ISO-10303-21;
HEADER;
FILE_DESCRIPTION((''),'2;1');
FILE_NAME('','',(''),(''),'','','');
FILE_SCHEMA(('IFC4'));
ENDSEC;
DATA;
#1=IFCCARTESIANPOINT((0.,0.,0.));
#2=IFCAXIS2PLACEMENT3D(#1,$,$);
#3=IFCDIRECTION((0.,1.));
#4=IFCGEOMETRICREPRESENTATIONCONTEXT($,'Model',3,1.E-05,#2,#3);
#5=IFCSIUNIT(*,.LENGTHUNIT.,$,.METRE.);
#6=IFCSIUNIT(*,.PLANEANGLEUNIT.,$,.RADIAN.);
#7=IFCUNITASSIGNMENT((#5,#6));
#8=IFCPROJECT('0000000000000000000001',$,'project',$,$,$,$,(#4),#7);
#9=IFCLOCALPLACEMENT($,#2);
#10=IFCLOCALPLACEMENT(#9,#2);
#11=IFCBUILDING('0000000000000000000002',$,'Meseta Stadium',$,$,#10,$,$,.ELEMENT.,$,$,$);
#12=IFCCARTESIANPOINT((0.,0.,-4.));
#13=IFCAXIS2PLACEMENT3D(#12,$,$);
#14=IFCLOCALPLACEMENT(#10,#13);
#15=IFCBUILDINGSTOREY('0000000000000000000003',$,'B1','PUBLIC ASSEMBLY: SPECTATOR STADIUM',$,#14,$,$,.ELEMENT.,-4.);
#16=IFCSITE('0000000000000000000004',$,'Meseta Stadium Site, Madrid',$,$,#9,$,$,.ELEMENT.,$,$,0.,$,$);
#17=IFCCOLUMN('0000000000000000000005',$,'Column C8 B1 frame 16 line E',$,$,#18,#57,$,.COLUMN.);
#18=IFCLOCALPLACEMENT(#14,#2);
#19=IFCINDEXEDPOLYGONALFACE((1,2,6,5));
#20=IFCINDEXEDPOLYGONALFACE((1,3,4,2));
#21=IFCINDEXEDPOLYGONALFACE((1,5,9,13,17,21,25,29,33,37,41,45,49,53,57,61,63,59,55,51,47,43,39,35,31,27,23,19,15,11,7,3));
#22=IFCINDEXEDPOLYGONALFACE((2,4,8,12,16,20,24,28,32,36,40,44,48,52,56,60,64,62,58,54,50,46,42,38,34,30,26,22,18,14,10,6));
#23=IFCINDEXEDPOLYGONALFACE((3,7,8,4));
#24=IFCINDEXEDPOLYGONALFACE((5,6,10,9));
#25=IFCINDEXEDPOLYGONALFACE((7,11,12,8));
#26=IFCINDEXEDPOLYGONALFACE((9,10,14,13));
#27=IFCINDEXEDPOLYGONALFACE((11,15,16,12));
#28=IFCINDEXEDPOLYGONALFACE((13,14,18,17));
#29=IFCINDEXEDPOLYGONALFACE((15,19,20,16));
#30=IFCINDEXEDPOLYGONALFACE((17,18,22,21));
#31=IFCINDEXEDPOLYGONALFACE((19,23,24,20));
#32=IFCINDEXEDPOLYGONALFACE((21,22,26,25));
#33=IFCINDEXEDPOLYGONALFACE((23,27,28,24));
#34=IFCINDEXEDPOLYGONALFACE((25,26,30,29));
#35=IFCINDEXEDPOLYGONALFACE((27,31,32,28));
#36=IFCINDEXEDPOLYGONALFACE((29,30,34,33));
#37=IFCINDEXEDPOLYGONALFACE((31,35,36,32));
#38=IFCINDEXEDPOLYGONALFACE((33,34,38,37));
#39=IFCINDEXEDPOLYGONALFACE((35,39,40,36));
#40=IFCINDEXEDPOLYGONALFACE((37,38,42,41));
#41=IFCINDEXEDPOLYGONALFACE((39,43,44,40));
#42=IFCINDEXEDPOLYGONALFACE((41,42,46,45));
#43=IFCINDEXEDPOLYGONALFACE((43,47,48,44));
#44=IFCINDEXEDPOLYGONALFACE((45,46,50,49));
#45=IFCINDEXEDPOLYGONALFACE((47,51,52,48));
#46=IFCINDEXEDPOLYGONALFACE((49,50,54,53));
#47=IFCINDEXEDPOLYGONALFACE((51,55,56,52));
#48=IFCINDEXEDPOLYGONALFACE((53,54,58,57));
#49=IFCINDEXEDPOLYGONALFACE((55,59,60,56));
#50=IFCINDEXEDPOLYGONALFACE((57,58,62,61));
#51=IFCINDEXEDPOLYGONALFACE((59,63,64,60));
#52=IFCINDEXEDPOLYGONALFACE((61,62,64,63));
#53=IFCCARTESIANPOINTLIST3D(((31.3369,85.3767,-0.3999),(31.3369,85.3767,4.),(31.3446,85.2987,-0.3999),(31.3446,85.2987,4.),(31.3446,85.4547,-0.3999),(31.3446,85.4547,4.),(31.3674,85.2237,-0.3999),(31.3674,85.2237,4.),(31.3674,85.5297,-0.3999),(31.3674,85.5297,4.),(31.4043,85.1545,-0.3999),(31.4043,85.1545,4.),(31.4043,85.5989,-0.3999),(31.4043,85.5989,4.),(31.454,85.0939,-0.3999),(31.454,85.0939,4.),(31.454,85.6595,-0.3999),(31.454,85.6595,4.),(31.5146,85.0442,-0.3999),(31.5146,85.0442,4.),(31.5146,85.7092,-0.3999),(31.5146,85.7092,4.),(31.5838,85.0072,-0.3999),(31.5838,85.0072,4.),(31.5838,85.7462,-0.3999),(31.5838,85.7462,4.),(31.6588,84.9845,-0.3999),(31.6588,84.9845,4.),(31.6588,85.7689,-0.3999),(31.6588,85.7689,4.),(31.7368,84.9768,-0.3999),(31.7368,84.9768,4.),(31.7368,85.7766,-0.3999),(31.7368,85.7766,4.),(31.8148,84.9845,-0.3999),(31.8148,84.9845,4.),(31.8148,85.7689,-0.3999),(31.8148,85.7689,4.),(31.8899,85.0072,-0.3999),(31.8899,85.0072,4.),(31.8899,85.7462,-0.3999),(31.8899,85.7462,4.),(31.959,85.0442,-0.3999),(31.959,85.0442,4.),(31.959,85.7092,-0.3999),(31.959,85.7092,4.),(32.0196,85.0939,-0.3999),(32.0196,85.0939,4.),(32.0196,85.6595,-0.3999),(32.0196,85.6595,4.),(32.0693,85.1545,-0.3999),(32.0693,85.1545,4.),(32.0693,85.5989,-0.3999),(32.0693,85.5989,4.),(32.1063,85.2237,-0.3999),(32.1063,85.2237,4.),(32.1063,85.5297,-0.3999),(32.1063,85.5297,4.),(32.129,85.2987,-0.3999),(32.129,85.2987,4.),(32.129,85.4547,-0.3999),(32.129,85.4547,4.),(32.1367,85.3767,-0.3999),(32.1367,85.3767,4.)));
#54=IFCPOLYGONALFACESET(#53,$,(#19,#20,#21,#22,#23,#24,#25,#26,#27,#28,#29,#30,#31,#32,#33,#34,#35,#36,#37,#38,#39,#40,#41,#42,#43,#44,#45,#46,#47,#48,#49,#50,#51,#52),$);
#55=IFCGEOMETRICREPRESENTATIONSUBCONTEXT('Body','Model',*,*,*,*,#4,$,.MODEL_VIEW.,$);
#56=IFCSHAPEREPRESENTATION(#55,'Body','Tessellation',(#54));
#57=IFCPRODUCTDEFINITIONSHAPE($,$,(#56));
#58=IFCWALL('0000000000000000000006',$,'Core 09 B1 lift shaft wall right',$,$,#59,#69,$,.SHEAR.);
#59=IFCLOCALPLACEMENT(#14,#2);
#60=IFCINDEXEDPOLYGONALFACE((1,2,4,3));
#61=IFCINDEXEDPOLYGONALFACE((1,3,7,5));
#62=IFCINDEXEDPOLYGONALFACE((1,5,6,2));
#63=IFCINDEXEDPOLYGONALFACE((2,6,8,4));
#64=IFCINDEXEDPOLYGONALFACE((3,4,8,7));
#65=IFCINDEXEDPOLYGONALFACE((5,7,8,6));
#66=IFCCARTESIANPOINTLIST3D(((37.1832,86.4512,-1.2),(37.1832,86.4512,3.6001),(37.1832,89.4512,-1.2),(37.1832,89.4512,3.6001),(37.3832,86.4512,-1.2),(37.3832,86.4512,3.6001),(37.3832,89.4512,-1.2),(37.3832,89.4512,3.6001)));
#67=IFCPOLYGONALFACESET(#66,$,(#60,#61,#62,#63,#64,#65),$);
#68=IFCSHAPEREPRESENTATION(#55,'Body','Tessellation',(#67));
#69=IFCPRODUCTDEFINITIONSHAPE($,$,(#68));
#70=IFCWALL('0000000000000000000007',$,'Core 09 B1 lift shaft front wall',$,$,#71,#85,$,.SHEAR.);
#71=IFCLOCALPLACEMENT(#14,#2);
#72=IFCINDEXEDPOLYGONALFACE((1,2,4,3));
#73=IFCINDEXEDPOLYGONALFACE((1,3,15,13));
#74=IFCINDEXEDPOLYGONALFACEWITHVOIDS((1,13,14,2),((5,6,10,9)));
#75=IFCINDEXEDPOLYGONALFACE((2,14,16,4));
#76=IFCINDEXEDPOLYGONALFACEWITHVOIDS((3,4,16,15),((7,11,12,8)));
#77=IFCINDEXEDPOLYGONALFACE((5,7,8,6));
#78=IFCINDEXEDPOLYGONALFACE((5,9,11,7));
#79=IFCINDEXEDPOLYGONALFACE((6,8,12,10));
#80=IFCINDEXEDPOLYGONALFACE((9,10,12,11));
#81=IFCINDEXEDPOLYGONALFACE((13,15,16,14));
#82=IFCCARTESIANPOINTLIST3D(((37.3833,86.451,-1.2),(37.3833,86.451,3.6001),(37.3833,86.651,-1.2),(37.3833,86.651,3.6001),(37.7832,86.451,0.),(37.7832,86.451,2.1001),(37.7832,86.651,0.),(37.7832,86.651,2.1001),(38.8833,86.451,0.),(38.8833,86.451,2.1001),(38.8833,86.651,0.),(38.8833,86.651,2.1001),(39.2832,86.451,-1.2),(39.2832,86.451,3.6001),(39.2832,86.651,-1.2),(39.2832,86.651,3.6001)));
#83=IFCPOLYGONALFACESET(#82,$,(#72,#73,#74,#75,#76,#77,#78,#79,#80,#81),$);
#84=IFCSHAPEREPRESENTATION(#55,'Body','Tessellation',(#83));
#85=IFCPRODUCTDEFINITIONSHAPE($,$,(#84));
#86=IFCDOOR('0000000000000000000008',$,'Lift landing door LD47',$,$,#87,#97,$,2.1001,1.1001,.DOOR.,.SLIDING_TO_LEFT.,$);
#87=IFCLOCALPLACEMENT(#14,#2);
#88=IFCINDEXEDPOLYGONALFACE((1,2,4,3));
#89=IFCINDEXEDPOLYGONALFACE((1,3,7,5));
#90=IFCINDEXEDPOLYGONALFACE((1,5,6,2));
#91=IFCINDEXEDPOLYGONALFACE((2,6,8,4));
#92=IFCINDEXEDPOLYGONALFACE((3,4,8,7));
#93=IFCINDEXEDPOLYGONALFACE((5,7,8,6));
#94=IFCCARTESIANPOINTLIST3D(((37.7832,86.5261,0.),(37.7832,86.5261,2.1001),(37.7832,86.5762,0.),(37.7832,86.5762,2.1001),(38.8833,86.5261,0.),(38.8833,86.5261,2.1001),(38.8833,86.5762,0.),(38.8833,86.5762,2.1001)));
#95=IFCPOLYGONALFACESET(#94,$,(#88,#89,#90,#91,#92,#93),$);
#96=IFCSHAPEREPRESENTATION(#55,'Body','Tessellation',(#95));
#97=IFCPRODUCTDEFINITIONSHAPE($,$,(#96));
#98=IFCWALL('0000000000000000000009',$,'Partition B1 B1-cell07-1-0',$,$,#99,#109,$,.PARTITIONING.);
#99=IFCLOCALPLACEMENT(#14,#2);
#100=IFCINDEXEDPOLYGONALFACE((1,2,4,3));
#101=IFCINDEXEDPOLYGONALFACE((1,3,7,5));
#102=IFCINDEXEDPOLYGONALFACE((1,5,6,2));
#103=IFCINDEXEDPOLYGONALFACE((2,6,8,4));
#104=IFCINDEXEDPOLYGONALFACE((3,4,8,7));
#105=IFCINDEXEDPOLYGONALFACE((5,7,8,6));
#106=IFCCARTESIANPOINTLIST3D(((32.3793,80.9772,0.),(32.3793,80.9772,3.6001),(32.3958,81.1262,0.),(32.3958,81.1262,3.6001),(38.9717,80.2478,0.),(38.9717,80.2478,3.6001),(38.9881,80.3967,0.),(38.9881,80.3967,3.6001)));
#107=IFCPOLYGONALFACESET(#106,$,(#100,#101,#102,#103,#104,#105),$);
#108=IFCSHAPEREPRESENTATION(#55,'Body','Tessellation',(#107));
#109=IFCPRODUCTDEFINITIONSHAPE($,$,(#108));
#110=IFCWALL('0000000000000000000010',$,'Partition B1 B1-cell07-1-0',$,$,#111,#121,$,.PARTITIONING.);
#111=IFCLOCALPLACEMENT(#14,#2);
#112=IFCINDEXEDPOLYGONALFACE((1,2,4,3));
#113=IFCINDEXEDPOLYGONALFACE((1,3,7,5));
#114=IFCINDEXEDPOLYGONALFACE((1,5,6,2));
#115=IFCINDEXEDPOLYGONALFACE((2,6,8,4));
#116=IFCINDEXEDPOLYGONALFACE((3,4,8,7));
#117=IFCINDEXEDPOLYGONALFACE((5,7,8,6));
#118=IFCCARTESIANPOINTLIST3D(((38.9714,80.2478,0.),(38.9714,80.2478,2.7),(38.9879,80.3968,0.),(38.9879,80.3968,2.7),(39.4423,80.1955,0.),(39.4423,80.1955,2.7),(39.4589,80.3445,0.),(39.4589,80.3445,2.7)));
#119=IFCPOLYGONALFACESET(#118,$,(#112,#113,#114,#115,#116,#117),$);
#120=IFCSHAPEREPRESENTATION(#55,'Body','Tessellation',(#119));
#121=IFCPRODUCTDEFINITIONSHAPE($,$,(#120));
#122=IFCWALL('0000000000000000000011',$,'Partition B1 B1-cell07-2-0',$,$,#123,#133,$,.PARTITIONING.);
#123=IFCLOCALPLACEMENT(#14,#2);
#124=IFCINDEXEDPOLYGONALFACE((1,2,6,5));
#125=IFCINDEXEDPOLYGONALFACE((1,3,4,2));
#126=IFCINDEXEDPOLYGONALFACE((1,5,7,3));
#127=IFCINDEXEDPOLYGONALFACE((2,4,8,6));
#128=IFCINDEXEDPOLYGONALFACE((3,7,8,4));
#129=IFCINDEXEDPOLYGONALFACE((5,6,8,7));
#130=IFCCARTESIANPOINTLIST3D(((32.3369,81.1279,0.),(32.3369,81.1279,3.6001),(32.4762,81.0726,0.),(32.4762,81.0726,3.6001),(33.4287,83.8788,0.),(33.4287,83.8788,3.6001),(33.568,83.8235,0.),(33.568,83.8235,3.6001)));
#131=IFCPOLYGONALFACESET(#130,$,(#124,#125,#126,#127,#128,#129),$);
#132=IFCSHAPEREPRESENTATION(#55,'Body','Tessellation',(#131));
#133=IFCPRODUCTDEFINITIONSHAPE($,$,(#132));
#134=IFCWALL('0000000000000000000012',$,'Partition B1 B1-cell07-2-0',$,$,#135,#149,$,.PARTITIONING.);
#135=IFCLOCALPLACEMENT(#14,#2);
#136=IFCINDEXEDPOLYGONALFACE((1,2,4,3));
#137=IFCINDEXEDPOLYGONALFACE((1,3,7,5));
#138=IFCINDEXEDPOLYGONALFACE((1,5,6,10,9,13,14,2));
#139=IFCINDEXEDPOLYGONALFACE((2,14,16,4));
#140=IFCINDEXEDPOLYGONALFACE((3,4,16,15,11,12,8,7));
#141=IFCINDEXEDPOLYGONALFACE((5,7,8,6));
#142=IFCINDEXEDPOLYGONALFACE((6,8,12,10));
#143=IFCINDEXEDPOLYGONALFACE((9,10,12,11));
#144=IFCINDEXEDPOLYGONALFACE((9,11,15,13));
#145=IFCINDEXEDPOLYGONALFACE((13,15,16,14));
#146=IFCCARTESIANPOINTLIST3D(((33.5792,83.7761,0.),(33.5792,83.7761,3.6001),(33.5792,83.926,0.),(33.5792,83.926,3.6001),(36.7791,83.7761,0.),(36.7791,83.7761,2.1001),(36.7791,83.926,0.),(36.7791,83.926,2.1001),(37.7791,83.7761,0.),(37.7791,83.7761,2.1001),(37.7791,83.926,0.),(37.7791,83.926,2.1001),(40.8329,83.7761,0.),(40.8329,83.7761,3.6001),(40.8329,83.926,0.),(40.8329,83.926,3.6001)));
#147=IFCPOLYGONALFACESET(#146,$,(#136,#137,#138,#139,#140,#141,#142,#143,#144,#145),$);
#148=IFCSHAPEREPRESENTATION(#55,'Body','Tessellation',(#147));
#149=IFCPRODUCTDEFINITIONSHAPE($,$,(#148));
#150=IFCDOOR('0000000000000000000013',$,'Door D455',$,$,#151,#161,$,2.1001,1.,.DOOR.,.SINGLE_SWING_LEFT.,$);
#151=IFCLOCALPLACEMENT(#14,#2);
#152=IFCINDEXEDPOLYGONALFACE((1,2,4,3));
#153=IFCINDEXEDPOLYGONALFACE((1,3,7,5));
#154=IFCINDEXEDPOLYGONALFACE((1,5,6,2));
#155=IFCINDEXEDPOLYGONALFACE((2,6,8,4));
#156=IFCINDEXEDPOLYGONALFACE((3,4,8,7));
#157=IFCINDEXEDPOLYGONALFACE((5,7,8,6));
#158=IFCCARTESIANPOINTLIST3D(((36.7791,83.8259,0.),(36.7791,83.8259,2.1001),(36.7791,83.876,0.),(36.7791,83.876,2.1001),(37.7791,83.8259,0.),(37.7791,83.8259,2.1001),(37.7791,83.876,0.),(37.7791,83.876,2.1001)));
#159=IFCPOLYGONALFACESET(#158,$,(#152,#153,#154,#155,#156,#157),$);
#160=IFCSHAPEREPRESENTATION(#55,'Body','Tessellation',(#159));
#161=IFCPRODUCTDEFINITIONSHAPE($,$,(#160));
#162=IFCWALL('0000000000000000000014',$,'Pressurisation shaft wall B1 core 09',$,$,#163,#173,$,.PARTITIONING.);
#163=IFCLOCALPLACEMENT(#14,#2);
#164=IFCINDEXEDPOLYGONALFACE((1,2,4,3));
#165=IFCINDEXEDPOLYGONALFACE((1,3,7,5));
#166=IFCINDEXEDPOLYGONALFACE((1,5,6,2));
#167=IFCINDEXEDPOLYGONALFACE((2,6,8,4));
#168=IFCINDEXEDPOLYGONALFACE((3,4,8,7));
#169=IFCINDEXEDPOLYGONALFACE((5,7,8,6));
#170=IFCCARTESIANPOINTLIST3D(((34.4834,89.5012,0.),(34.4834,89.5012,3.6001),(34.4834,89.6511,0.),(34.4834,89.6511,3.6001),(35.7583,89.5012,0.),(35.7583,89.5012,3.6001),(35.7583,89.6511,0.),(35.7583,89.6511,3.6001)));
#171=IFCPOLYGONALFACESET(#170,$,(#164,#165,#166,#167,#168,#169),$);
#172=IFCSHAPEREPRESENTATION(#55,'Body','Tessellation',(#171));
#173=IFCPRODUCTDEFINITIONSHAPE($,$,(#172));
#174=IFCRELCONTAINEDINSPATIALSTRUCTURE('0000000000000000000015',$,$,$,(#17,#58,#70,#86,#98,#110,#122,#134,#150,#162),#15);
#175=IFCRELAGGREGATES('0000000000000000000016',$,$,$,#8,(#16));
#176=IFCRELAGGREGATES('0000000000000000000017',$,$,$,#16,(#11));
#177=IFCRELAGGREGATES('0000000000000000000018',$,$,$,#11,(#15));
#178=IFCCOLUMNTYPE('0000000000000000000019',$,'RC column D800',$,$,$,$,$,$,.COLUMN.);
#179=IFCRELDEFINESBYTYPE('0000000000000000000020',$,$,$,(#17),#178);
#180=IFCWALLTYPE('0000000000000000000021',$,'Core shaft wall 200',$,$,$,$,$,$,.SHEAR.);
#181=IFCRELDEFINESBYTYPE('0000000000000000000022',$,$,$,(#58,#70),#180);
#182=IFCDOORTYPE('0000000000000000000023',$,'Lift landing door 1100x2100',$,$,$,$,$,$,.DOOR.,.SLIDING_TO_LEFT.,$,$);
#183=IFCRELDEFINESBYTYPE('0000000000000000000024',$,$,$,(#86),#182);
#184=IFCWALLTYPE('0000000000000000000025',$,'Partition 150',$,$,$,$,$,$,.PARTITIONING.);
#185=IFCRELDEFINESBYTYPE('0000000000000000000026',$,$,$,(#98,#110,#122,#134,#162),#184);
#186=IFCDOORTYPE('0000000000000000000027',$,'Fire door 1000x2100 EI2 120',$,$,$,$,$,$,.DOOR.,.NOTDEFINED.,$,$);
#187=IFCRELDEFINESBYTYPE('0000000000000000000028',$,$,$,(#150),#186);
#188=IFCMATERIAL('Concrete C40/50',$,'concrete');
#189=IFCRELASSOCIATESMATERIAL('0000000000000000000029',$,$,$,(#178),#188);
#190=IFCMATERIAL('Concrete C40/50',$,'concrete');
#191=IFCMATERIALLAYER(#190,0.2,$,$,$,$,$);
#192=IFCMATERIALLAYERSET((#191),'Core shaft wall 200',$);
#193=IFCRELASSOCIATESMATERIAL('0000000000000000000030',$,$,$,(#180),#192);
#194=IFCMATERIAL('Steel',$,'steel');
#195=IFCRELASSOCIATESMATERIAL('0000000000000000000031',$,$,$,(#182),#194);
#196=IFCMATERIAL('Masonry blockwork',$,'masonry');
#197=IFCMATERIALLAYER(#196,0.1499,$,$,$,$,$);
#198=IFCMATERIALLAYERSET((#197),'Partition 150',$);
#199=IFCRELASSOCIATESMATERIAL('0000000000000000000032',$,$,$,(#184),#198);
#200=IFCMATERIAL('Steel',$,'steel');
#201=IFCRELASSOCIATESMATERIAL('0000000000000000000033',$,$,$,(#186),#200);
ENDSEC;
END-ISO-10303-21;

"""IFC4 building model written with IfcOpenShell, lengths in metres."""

from ifc_helpers import new_model, si_unit, direction, frame, frame_2d, origin, origin_2d, place, context, subcontext, project, spatial, rectangle, circle, extrude, material, layer, layer_set, material_profile, profile_set, type_object, element, fill, save


model = new_model("IFC4")

# Units and contexts
model_context = context("Model", 3, precision=1e-05, world=origin(), true_north=direction((0.0, 1.0)))
body_context = subcontext(model_context, "Body", "Model", "MODEL_VIEW")
ifc_project = project(units=[si_unit("LENGTHUNIT", "METRE"), si_unit("PLANEANGLEUNIT", "RADIAN")], contexts=[model_context])

# Site, building, storey
site_placement = place(None, origin())
site = spatial("IfcSite", under=ifc_project, at=site_placement, Name="Meseta Stadium Site, Madrid", CompositionType="ELEMENT", RefElevation=0.0)
building_placement = place(site_placement, origin())
building = spatial("IfcBuilding", under=site, at=building_placement, Name="Meseta Stadium", CompositionType="ELEMENT")
storey_placement = place(building_placement, frame((0.0, 0.0, -4.0)))
storey = spatial("IfcBuildingStorey", under=building, at=storey_placement, Name="B1", Description="PUBLIC ASSEMBLY: SPECTATOR STADIUM", CompositionType="ELEMENT", Elevation=-4.0)

# Column
ifc_material_1 = material(Name="Concrete C40/50", Category="concrete")
ifc_material_profile = material_profile(ifc_material_1, circle(Radius=0.3999, at=origin_2d()), Name="RC D800")
ifc_profile_set = profile_set([ifc_material_profile], Name="Concrete C40/50")
column_type = type_object("IfcColumnType", Name="RC column D800", PredefinedType="COLUMN", material=ifc_profile_set)
column_placement = place(storey_placement, frame((31.7368, 85.3767, -0.3999), z_axis=(0.0, 0.0, 1.0), x_axis=(1.0, 0.0, 0.0)))
element("IfcColumn", 1, at=column_placement, inside=storey, type_object=column_type, Name="Column C8 B1 frame 16 line E", PredefinedType="COLUMN", context=body_context, shape_type="SweptSolid", body=[
    extrude(circle(Radius=0.3999, at=origin_2d()), origin(), (0.0, 0.0, 1.0), 4.3999),
])

# Wall
ifc_material_2 = material(Name="Concrete C40/50", Category="concrete")
ifc_layer_1 = layer(ifc_material_2, 0.2)
ifc_layer_set_1 = layer_set([ifc_layer_1], Name="Core shaft wall 200")
wall_type_1 = type_object("IfcWallType", Name="Core shaft wall 200", PredefinedType="SHEAR", material=ifc_layer_set_1)
wall_1_placement = place(storey_placement, frame((37.2832, 89.4512, -1.2), z_axis=(0.0, 0.0, 1.0), x_axis=(0.0, -1.0, 0.0)))
element("IfcWall", 2, at=wall_1_placement, inside=storey, type_object=wall_type_1, Name="Core 09 B1 lift shaft wall right", PredefinedType="SHEAR", context=body_context, shape_type="SweptSolid", body=[
    extrude(rectangle(XDim=3.0, YDim=0.2, at=frame_2d((1.5, 0.0))), origin(), (0.0, 0.0, 1.0), 4.8),
])

# Wall, opening, door
wall_2_placement = place(storey_placement, frame((39.2832, 86.551, -1.2), z_axis=(0.0, 0.0, 1.0), x_axis=(-1.0, 0.0, 0.0)))
wall_2 = element("IfcWall", 3, at=wall_2_placement, inside=storey, type_object=wall_type_1, Name="Core 09 B1 lift shaft front wall", PredefinedType="SHEAR", context=body_context, shape_type="SweptSolid", body=[
    extrude(rectangle(XDim=1.8999, YDim=0.2, at=frame_2d((0.95, 0.0))), origin(), (0.0, 0.0, 1.0), 4.8),
])
opening_1_placement = place(wall_2_placement, frame((0.3999, 0.0, 1.2)))
opening_1 = element("IfcOpeningElement", 4, at=opening_1_placement, cuts=wall_2, PredefinedType="OPENING", context=body_context, shape_type="SweptSolid", body=[
    extrude(rectangle(XDim=1.1001, YDim=2.1001, at=frame_2d((0.55, 1.05))), frame((0.0, 0.1099, 0.0), z_axis=(0.0, -1.0, 0.0), x_axis=(1.0, 0.0, 0.0)), (0.0, 0.0, 1.0), 0.22),
])
ifc_material_3 = material(Name="Steel", Category="steel")
door_type_1 = type_object("IfcDoorType", Name="Lift landing door 1100x2100", OperationType="SLIDING_TO_LEFT", PredefinedType="DOOR", material=ifc_material_3)
door_1_placement = place(opening_1_placement, origin())
door_1 = element("IfcDoor", 5, at=door_1_placement, inside=storey, type_object=door_type_1, Name="Lift landing door LD47", OperationType="SLIDING_TO_LEFT", OverallHeight=2.1001, OverallWidth=1.1001, PredefinedType="DOOR", context=body_context, shape_type="SweptSolid", body=[
    extrude(rectangle(XDim=1.1001, YDim=2.1001, at=frame_2d((0.55, 1.05))), frame((0.0, 0.0249, 0.0), z_axis=(0.0, -1.0, 0.0), x_axis=(1.0, 0.0, 0.0)), (0.0, 0.0, 1.0), 0.05),
])
fill(opening_1, door_1)

# Walls
ifc_material_4 = material(Name="Masonry blockwork", Category="masonry")
ifc_layer_2 = layer(ifc_material_4, 0.1499)
ifc_layer_set_2 = layer_set([ifc_layer_2], Name="Partition 150")
wall_type_2 = type_object("IfcWallType", Name="Partition 150", PredefinedType="PARTITIONING", material=ifc_layer_set_2)
wall_3_placement = place(storey_placement, frame((32.3875, 81.0518, 0.0), z_axis=(0.0, 0.0, 1.0), x_axis=(0.993933, -0.109987, 0.0)))
element("IfcWall", 6, at=wall_3_placement, inside=storey, type_object=wall_type_2, Name="Partition B1 B1-cell07-1-0", PredefinedType="PARTITIONING", context=body_context, shape_type="SweptSolid", body=[
    extrude(rectangle(XDim=6.6326, YDim=0.1499, at=frame_2d((3.3164, 0.0))), origin(), (0.0, 0.0, 1.0), 3.6001),
])
wall_4_placement = place(storey_placement, frame((38.9797, 80.3223, 0.0), z_axis=(0.0, 0.0, 1.0), x_axis=(0.993903, -0.110262, 0.0)))
element("IfcWall", 7, at=wall_4_placement, inside=storey, type_object=wall_type_2, Name="Partition B1 B1-cell07-1-0", PredefinedType="PARTITIONING", context=body_context, shape_type="SweptSolid", body=[
    extrude(rectangle(XDim=0.4739, YDim=0.1499, at=frame_2d((0.2368, 0.0))), origin(), (0.0, 0.0, 1.0), 2.7),
])
wall_5_placement = place(storey_placement, frame((32.4065, 81.1001, 0.0), z_axis=(0.0, 0.0, 1.0), x_axis=(0.368886, 0.929475, 0.0)))
element("IfcWall", 8, at=wall_5_placement, inside=storey, type_object=wall_type_2, Name="Partition B1 B1-cell07-2-0", PredefinedType="PARTITIONING", context=body_context, shape_type="SweptSolid", body=[
    extrude(rectangle(XDim=2.9597, YDim=0.1499, at=frame_2d((1.48, 0.0))), origin(), (0.0, 0.0, 1.0), 3.6001),
])

# Wall, opening, door
wall_6_placement = place(storey_placement, frame((33.5791, 83.8511, 0.0), z_axis=(0.0, 0.0, 1.0), x_axis=(1.0, 0.0, 0.0)))
wall_6 = element("IfcWall", 9, at=wall_6_placement, inside=storey, type_object=wall_type_2, Name="Partition B1 B1-cell07-2-0", PredefinedType="PARTITIONING", context=body_context, shape_type="SweptSolid", body=[
    extrude(rectangle(XDim=7.2537, YDim=0.1499, at=frame_2d((3.627, 0.0))), origin(), (0.0, 0.0, 1.0), 3.6001),
])
opening_2_placement = place(wall_6_placement, frame((3.2, 0.0, 0.0)))
opening_2 = element("IfcOpeningElement", 10, at=opening_2_placement, cuts=wall_6, PredefinedType="OPENING", context=body_context, shape_type="SweptSolid", body=[
    extrude(rectangle(XDim=1.0, YDim=2.1001, at=frame_2d((0.5, 1.05))), frame((0.0, 0.085, 0.0), z_axis=(0.0, -1.0, 0.0), x_axis=(1.0, 0.0, 0.0)), (0.0, 0.0, 1.0), 0.1699),
])
ifc_material_5 = material(Name="Steel", Category="steel")
door_type_2 = type_object("IfcDoorType", Name="Fire door 1000x2100 EI2 120", OperationType="NOTDEFINED", PredefinedType="DOOR", material=ifc_material_5)
door_2_placement = place(opening_2_placement, origin())
door_2 = element("IfcDoor", 11, at=door_2_placement, inside=storey, type_object=door_type_2, Name="Door D455", OperationType="SINGLE_SWING_LEFT", OverallHeight=2.1001, OverallWidth=1.0, PredefinedType="DOOR", context=body_context, shape_type="SweptSolid", body=[
    extrude(rectangle(XDim=1.0, YDim=2.1001, at=frame_2d((0.5, 1.05))), frame((0.0, 0.0249, 0.0), z_axis=(0.0, -1.0, 0.0), x_axis=(1.0, 0.0, 0.0)), (0.0, 0.0, 1.0), 0.05),
])
fill(opening_2, door_2)

# Wall
wall_7_placement = place(storey_placement, frame((35.7583, 89.5762, 0.0), z_axis=(0.0, 0.0, 1.0), x_axis=(-1.0, 0.0, 0.0)))
element("IfcWall", 12, at=wall_7_placement, inside=storey, type_object=wall_type_2, Name="Pressurisation shaft wall B1 core 09", PredefinedType="PARTITIONING", context=body_context, shape_type="SweptSolid", body=[
    extrude(rectangle(XDim=1.2749, YDim=0.1499, at=frame_2d((0.6375, 0.0))), origin(), (0.0, 0.0, 1.0), 3.6001),
])

save(model, "model.ifc")
